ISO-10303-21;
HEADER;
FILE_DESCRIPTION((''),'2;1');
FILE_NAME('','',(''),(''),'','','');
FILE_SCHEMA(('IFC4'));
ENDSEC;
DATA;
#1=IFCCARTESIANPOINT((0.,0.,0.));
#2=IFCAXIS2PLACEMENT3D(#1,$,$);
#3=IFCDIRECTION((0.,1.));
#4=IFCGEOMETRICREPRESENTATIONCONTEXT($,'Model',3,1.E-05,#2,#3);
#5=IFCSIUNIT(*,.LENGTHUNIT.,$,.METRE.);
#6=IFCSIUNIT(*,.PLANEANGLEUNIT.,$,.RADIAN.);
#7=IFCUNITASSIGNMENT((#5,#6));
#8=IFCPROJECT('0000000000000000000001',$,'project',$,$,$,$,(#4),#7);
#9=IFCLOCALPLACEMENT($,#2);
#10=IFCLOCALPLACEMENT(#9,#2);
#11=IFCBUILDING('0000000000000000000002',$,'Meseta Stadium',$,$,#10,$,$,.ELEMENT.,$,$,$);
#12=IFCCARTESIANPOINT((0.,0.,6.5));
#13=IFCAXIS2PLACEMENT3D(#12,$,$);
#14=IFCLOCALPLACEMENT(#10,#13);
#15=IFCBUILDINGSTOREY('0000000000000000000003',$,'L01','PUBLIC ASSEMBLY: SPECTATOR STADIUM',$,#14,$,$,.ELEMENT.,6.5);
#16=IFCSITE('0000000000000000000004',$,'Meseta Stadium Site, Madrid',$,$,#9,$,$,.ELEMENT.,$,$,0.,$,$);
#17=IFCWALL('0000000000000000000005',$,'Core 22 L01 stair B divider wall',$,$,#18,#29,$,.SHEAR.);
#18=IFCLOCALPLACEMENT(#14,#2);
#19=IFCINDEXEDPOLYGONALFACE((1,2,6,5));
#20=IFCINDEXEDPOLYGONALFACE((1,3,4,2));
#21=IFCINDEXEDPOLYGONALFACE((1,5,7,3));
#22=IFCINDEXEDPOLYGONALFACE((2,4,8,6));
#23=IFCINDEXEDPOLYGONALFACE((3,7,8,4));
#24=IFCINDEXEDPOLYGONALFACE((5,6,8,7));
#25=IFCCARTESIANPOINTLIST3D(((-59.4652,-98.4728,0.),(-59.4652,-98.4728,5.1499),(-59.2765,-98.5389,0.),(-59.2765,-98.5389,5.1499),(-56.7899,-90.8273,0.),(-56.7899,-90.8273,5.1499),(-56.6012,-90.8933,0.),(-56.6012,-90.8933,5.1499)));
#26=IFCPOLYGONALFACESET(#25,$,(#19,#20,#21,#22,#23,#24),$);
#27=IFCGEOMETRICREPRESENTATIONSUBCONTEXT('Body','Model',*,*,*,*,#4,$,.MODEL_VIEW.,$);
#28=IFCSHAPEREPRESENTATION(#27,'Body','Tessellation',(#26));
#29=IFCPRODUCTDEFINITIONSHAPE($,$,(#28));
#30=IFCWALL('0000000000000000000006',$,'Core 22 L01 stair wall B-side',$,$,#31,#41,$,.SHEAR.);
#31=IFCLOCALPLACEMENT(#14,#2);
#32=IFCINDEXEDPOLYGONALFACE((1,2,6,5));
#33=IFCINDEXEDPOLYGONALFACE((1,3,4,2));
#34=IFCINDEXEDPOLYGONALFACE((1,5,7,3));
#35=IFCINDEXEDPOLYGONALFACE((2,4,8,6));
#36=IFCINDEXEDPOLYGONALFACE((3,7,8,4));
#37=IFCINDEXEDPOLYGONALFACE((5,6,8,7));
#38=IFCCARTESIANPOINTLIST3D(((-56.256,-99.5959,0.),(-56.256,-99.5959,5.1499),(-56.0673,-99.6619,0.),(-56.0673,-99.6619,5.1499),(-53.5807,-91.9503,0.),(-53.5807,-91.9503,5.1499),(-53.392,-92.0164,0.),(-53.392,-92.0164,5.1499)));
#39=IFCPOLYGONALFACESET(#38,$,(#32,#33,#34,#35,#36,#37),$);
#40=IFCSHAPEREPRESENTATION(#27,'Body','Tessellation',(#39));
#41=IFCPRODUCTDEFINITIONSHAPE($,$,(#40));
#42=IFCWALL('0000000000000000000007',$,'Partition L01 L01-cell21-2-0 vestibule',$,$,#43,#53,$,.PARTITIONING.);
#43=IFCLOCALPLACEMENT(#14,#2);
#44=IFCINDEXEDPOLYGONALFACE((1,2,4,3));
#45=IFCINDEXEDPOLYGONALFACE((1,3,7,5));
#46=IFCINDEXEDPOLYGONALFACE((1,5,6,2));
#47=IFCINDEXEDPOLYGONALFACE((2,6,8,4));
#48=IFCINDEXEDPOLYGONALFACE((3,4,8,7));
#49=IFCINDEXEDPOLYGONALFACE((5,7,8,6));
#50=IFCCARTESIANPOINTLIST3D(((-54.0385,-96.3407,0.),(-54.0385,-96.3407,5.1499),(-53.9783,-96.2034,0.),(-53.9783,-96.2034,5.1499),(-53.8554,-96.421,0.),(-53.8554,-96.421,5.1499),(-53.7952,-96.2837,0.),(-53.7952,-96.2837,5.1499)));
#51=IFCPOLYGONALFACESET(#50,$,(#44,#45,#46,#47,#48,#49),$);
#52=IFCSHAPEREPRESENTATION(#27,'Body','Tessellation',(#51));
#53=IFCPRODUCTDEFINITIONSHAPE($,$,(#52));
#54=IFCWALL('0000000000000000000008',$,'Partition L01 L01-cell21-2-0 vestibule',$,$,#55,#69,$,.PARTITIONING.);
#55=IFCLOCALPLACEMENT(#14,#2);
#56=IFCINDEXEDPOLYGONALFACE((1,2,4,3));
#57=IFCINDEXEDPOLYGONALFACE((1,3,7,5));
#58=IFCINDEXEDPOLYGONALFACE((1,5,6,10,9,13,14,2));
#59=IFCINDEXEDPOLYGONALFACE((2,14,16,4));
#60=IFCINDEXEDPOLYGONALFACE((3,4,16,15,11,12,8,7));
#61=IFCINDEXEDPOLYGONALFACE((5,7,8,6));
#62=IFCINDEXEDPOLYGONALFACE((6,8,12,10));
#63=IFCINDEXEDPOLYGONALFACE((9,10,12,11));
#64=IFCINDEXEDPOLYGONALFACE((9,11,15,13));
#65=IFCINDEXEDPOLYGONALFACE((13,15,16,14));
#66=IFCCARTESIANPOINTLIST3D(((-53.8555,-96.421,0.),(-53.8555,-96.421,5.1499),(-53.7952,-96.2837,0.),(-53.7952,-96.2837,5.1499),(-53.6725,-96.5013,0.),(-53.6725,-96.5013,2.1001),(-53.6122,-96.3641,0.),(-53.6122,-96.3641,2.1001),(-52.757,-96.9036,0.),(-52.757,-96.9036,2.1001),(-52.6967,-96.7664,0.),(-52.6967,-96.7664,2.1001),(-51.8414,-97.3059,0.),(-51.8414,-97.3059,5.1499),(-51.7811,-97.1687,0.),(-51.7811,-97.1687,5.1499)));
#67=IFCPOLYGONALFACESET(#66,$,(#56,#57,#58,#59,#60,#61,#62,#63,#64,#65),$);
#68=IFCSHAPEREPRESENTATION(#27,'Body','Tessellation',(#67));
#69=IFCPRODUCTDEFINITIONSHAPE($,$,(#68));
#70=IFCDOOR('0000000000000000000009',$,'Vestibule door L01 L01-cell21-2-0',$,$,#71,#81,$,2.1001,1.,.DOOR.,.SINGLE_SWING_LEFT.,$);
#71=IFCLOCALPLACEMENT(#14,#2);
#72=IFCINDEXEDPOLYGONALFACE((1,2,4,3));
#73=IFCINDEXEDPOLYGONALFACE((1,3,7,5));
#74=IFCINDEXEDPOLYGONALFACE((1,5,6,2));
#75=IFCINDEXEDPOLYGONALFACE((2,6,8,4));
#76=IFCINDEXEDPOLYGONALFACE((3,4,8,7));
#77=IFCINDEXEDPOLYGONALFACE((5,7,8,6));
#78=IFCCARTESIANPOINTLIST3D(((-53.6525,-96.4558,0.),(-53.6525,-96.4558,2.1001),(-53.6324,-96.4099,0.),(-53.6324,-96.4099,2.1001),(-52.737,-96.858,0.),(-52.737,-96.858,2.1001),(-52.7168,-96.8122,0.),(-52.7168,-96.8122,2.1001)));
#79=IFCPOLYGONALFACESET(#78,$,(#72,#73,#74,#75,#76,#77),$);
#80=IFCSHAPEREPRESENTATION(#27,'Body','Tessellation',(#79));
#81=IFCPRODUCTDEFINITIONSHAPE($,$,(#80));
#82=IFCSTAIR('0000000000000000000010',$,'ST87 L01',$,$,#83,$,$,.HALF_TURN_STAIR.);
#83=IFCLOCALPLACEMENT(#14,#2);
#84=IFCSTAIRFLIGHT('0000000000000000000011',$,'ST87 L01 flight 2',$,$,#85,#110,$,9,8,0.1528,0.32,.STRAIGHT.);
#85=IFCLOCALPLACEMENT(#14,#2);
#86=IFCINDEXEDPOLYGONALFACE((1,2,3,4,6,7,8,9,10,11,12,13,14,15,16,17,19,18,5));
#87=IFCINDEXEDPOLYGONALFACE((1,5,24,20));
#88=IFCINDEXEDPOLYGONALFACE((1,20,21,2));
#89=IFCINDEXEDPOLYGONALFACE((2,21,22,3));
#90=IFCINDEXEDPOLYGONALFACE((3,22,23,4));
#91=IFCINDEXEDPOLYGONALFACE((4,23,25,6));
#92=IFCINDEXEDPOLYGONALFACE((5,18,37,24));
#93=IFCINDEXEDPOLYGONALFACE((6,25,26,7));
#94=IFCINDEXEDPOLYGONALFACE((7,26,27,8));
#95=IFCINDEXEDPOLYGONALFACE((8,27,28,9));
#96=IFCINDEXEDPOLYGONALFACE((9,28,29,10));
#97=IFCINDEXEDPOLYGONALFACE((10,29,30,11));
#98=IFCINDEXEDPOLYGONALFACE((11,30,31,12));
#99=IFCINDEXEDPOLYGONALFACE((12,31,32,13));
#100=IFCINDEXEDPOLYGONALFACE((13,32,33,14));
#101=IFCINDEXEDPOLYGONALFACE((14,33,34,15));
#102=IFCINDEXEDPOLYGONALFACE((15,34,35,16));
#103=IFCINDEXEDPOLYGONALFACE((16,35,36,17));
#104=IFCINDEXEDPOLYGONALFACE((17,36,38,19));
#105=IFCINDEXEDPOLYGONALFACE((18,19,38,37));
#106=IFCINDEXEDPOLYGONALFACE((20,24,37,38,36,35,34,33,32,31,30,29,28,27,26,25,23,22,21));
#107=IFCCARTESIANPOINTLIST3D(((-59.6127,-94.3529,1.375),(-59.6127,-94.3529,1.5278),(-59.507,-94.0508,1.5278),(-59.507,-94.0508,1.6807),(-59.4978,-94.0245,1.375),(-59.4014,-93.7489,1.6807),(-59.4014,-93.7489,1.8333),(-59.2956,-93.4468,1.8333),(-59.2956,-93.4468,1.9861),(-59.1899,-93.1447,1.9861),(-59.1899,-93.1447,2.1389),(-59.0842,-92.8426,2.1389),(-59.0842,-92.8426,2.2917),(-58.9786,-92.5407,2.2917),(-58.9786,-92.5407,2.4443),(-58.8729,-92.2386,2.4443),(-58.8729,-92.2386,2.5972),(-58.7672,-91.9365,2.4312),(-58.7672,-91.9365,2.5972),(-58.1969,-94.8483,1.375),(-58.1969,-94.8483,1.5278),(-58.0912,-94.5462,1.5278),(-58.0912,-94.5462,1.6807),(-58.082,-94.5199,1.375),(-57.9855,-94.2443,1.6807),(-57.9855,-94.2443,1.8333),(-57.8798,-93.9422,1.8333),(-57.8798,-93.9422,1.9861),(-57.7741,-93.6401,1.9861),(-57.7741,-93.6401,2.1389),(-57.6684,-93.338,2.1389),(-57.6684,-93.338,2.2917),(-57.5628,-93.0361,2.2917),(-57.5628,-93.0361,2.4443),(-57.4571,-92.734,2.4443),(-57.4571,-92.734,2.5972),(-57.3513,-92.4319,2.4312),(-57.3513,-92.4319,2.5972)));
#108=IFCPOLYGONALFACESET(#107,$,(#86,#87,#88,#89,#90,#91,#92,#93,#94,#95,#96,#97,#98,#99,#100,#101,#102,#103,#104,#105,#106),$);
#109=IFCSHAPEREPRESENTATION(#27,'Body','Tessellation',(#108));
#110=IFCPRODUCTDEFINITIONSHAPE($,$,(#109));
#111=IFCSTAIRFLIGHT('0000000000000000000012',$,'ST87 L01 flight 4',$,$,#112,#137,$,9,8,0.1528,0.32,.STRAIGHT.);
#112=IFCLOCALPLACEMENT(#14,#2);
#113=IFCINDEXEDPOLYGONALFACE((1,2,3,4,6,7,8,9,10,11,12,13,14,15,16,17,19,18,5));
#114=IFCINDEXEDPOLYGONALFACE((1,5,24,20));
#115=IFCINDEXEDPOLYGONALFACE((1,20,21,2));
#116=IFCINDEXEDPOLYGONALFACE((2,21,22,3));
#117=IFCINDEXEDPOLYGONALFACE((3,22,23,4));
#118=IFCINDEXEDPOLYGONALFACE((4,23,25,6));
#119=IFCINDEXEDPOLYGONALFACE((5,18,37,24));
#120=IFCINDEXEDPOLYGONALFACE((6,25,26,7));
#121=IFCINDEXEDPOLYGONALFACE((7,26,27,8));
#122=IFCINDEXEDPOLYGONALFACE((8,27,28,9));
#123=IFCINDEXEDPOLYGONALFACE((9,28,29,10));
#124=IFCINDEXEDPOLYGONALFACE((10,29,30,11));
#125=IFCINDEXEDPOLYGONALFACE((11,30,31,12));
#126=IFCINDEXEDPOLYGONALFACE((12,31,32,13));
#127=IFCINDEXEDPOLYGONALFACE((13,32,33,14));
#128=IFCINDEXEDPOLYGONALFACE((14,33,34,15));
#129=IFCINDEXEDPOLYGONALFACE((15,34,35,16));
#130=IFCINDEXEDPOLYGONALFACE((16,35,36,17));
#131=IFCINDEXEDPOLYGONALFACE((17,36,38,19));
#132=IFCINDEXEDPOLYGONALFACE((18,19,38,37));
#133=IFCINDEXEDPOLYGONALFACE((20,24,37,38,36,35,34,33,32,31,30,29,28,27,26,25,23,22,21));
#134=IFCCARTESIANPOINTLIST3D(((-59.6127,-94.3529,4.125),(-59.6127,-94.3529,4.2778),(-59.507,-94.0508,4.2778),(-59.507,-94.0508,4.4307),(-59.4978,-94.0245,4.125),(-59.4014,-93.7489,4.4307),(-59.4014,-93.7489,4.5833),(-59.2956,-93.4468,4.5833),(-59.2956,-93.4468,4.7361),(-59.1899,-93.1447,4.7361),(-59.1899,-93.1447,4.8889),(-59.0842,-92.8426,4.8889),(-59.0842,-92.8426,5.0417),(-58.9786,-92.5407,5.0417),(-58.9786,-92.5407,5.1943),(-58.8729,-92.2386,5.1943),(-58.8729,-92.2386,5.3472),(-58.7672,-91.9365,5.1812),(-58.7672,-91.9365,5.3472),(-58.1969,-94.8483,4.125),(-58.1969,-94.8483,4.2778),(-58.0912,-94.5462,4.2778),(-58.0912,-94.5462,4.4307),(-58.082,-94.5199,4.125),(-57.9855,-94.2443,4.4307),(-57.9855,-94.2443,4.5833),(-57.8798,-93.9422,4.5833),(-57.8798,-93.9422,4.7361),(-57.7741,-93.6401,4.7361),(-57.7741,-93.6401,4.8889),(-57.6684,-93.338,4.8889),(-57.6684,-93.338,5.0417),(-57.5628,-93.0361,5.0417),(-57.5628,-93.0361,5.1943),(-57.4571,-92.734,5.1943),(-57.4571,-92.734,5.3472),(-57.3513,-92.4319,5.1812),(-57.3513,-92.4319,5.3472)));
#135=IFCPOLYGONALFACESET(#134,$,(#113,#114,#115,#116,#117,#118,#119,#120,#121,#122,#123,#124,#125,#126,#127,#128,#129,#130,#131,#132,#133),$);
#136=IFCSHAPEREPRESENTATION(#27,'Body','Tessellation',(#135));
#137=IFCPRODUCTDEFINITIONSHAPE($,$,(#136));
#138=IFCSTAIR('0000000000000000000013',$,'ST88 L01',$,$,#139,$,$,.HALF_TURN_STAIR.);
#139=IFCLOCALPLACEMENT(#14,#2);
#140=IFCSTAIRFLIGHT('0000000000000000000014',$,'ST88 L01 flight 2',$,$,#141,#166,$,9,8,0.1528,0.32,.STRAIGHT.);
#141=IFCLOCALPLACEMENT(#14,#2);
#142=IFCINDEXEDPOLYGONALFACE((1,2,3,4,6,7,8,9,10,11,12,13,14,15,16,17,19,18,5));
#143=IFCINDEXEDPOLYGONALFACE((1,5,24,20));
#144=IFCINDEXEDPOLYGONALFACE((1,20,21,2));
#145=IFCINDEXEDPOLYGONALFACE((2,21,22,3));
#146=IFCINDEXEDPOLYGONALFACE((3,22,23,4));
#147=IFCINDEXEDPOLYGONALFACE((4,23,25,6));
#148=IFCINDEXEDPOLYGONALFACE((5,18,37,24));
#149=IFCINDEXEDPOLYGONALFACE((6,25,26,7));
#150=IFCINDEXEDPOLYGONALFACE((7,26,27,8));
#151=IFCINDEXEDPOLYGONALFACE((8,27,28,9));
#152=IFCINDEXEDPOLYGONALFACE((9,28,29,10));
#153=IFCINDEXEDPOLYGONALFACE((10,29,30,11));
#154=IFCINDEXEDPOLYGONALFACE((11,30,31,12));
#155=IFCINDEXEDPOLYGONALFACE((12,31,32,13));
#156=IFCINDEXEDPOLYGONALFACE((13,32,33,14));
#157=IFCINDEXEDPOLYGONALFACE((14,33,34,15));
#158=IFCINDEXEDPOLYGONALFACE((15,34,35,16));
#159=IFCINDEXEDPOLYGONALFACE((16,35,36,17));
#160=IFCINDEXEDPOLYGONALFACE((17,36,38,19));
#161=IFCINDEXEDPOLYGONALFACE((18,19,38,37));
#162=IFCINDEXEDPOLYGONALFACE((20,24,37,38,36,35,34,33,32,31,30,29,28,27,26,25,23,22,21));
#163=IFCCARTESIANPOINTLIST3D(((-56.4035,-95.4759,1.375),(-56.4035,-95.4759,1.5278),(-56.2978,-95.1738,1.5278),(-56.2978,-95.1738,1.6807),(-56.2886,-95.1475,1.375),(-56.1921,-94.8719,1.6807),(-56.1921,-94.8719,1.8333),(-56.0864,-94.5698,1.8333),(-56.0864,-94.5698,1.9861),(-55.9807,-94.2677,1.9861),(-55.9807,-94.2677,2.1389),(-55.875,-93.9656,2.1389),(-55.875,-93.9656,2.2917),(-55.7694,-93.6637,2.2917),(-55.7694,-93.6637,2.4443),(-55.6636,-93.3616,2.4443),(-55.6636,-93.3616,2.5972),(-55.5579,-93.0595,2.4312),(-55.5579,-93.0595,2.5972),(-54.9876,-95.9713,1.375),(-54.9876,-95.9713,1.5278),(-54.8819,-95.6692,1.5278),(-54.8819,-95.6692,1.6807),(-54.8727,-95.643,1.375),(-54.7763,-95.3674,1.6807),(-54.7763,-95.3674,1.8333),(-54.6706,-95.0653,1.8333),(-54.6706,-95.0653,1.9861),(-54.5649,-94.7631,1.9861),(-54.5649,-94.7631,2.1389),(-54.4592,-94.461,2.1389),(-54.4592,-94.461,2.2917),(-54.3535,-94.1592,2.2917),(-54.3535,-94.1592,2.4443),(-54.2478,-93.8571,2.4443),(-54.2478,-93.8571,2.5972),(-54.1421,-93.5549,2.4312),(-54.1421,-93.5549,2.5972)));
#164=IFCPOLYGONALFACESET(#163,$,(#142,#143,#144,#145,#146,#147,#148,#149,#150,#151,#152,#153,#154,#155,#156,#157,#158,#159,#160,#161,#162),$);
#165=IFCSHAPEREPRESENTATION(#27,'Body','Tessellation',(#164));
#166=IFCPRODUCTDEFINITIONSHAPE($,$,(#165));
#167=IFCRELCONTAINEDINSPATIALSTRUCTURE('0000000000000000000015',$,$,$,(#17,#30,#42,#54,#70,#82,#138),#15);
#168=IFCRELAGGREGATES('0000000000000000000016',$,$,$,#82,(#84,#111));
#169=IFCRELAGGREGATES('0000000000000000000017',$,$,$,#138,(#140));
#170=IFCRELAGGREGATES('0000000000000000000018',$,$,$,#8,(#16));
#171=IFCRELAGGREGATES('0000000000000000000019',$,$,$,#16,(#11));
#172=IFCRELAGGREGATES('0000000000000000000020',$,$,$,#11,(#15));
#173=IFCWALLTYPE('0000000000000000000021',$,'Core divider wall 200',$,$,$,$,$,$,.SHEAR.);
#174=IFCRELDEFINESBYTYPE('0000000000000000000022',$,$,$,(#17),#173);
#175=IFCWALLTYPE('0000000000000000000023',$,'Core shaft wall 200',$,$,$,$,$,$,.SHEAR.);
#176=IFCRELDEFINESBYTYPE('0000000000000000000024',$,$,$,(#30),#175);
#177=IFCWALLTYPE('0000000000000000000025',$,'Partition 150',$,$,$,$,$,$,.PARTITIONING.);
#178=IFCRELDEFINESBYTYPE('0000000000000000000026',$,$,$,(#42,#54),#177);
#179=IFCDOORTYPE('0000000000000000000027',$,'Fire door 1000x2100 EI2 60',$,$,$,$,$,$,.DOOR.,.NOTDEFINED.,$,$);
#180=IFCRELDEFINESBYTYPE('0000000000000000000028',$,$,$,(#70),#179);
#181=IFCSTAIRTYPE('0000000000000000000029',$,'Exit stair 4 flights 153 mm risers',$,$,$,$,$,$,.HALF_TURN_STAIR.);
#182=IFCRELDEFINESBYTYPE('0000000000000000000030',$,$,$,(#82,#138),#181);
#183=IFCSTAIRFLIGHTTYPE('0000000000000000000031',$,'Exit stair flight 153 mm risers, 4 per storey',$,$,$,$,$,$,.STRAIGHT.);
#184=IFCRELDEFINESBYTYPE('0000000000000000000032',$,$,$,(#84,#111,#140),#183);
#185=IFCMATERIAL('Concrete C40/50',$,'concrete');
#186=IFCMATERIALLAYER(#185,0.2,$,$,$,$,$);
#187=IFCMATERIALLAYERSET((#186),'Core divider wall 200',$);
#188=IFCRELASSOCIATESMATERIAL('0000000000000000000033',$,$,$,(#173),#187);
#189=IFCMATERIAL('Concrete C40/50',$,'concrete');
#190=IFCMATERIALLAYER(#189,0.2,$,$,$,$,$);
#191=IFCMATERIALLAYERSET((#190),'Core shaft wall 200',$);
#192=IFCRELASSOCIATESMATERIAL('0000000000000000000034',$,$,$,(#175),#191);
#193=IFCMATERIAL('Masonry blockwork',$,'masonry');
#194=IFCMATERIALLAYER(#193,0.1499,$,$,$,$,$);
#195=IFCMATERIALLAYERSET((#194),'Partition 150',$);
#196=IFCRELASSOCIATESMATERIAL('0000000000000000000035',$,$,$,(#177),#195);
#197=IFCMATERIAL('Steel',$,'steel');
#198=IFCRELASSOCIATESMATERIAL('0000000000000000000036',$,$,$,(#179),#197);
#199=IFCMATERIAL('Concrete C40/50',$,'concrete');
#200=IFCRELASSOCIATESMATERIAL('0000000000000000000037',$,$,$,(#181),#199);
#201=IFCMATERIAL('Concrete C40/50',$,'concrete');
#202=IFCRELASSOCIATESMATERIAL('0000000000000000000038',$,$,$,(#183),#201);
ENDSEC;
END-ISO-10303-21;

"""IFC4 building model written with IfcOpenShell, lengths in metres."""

from ifc_helpers import new_model, si_unit, direction, frame, frame_2d, origin, place, context, subcontext, project, spatial, polyline, rectangle, outline, extrude, material, layer, layer_set, type_object, element, fill, aggregate, save


model = new_model("IFC4")

# Units and contexts
model_context = context("Model", 3, precision=1e-05, world=origin(), true_north=direction((0.0, 1.0)))
body_context = subcontext(model_context, "Body", "Model", "MODEL_VIEW")
ifc_project = project(units=[si_unit("LENGTHUNIT", "METRE"), si_unit("PLANEANGLEUNIT", "RADIAN")], contexts=[model_context])

# Site, building, storey
site_placement = place(None, origin())
site = spatial("IfcSite", under=ifc_project, at=site_placement, Name="Meseta Stadium Site, Madrid", CompositionType="ELEMENT", RefElevation=0.0)
building_placement = place(site_placement, origin())
building = spatial("IfcBuilding", under=site, at=building_placement, Name="Meseta Stadium", CompositionType="ELEMENT")
storey_placement = place(building_placement, frame((0.0, 0.0, 6.5)))
storey = spatial("IfcBuildingStorey", under=building, at=storey_placement, Name="L01", Description="PUBLIC ASSEMBLY: SPECTATOR STADIUM", CompositionType="ELEMENT", Elevation=6.5)

# Walls
ifc_material_1 = material(Name="Concrete C40/50", Category="concrete")
ifc_layer_1 = layer(ifc_material_1, 0.2)
ifc_layer_set_1 = layer_set([ifc_layer_1], Name="Core divider wall 200")
wall_type_1 = type_object("IfcWallType", Name="Core divider wall 200", PredefinedType="SHEAR", material=ifc_layer_set_1)
wall_1_placement = place(storey_placement, frame((-59.3708, -98.5059, 0.0), z_axis=(0.0, 0.0, 1.0), x_axis=(0.330281, 0.943883, 0.0)))
element("IfcWall", 1, at=wall_1_placement, inside=storey, type_object=wall_type_1, Name="Core 22 L01 stair B divider wall", PredefinedType="SHEAR", context=body_context, shape_type="SweptSolid", body=[
    extrude(rectangle(XDim=8.1001, YDim=0.2, at=frame_2d((4.05, 0.0))), origin(), (0.0, 0.0, 1.0), 5.1499),
])
ifc_material_2 = material(Name="Concrete C40/50", Category="concrete")
ifc_layer_2 = layer(ifc_material_2, 0.2)
ifc_layer_set_2 = layer_set([ifc_layer_2], Name="Core shaft wall 200")
wall_type_2 = type_object("IfcWallType", Name="Core shaft wall 200", PredefinedType="SHEAR", material=ifc_layer_set_2)
wall_2_placement = place(storey_placement, frame((-56.1616, -99.6289, 0.0), z_axis=(0.0, 0.0, 1.0), x_axis=(0.330281, 0.943883, 0.0)))
element("IfcWall", 2, at=wall_2_placement, inside=storey, type_object=wall_type_2, Name="Core 22 L01 stair wall B-side", PredefinedType="SHEAR", context=body_context, shape_type="SweptSolid", body=[
    extrude(rectangle(XDim=8.1001, YDim=0.2, at=frame_2d((4.05, 0.0))), origin(), (0.0, 0.0, 1.0), 5.1499),
])

# Shared definitions
ifc_material_3 = material(Name="Masonry blockwork", Category="masonry")
ifc_layer_3 = layer(ifc_material_3, 0.1499)
ifc_layer_set_3 = layer_set([ifc_layer_3], Name="Partition 150")
wall_type_3 = type_object("IfcWallType", Name="Partition 150", PredefinedType="PARTITIONING", material=ifc_layer_set_3)

# Wall
wall_3_placement = place(storey_placement, frame((-54.0085, -96.272, 0.0), z_axis=(0.0, 0.0, 1.0), x_axis=(0.915765, -0.401715, 0.0)))
element("IfcWall", 3, at=wall_3_placement, inside=storey, type_object=wall_type_3, Name="Partition L01 L01-cell21-2-0 vestibule", PredefinedType="PARTITIONING", context=body_context, shape_type="SweptSolid", body=[
    extrude(rectangle(XDim=0.2, YDim=0.1499, at=frame_2d((0.1001, 0.0))), origin(), (0.0, 0.0, 1.0), 5.1499),
])

# Wall, opening, door
wall_4_placement = place(storey_placement, frame((-53.8254, -96.3523, 0.0), z_axis=(0.0, 0.0, 1.0), x_axis=(0.915519, -0.402274, 0.0)))
wall_4 = element("IfcWall", 4, at=wall_4_placement, inside=storey, type_object=wall_type_3, Name="Partition L01 L01-cell21-2-0 vestibule", PredefinedType="PARTITIONING", context=body_context, shape_type="SweptSolid", body=[
    extrude(rectangle(XDim=2.2, YDim=0.1499, at=frame_2d((1.1001, 0.0))), origin(), (0.0, 0.0, 1.0), 5.1499),
])
opening_1_placement = place(wall_4_placement, frame((0.2, 0.0, 0.0)))
opening_1 = element("IfcOpeningElement", 5, at=opening_1_placement, cuts=wall_4, PredefinedType="OPENING", context=body_context, shape_type="SweptSolid", body=[
    extrude(rectangle(XDim=1.0, YDim=2.1001, at=frame_2d((0.5, 1.05))), frame((0.0, 0.085, 0.0), z_axis=(0.0, -1.0, 0.0), x_axis=(1.0, 0.0, 0.0)), (0.0, 0.0, 1.0), 0.1699),
])
ifc_material_4 = material(Name="Steel", Category="steel")
door_type_1 = type_object("IfcDoorType", Name="Fire door 1000x2100 EI2 60", OperationType="NOTDEFINED", PredefinedType="DOOR", material=ifc_material_4)
door_1_placement = place(opening_1_placement, origin())
door_1 = element("IfcDoor", 6, at=door_1_placement, inside=storey, type_object=door_type_1, Name="Vestibule door L01 L01-cell21-2-0", OperationType="SINGLE_SWING_LEFT", OverallHeight=2.1001, OverallWidth=1.0, PredefinedType="DOOR", context=body_context, shape_type="SweptSolid", body=[
    extrude(rectangle(XDim=1.0, YDim=2.1001, at=frame_2d((0.5, 1.05))), frame((0.0, 0.0249, 0.0), z_axis=(0.0, -1.0, 0.0), x_axis=(1.0, 0.0, 0.0)), (0.0, 0.0, 1.0), 0.05),
])
fill(opening_1, door_1)

# Stairs, stair flights
ifc_material_5 = material(Name="Concrete C40/50", Category="concrete")
stair_type = type_object("IfcStairType", Name="Exit stair 4 flights 153 mm risers", PredefinedType="HALF_TURN_STAIR", material=ifc_material_5)
stair_1_placement = place(storey_placement, origin())
stair_1 = element("IfcStair", 7, at=stair_1_placement, inside=storey, type_object=stair_type, Name="ST87 L01", PredefinedType="HALF_TURN_STAIR")
ifc_material_6 = material(Name="Concrete C40/50", Category="concrete")
stair_flight_type = type_object("IfcStairFlightType", Name="Exit stair flight 153 mm risers, 4 per storey", PredefinedType="STRAIGHT", material=ifc_material_6)
stair_flight_1_placement = place(storey_placement, frame((-58.9048, -94.6006, 1.375), z_axis=(0.0, 0.0, 1.0), x_axis=(0.330279, 0.943883, 0.0)))
stair_flight_1 = element("IfcStairFlight", 8, at=stair_flight_1_placement, type_object=stair_flight_type, Name="ST87 L01 flight 2", NumberOfRisers=9, NumberOfTreads=8, PredefinedType="STRAIGHT", RiserHeight=0.1528, TreadLength=0.32, context=body_context, shape_type="SweptSolid", body=[
    extrude(outline(polyline([(0.0, 0.0), (0.0, 0.1528), (0.3201, 0.1528), (0.3201, 0.3057), (0.6399, 0.3057), (0.6399, 0.4583), (0.96, 0.4583), (0.96, 0.6111), (1.28, 0.6111), (1.28, 0.7639), (1.6001, 0.7639), (1.6001, 0.9167), (1.9199, 0.9167), (1.9199, 1.0693), (2.24, 1.0693), (2.24, 1.2222), (2.5601, 1.2222), (2.5601, 1.0562), (0.3479, 0.0), (0.0, 0.0)])), frame((0.0, 0.75, 0.0), z_axis=(0.0, -1.0, 0.0), x_axis=(1.0, 0.0, 0.0)), (0.0, 0.0, 1.0), 1.5),
])
stair_flight_2_placement = place(storey_placement, frame((-58.9048, -94.6006, 4.125), z_axis=(0.0, 0.0, 1.0), x_axis=(0.330279, 0.943883, 0.0)))
stair_flight_2 = element("IfcStairFlight", 9, at=stair_flight_2_placement, type_object=stair_flight_type, Name="ST87 L01 flight 4", NumberOfRisers=9, NumberOfTreads=8, PredefinedType="STRAIGHT", RiserHeight=0.1528, TreadLength=0.32, context=body_context, shape_type="SweptSolid", body=[
    extrude(outline(polyline([(0.0, 0.0), (0.0, 0.1528), (0.3201, 0.1528), (0.3201, 0.3057), (0.6399, 0.3057), (0.6399, 0.4583), (0.96, 0.4583), (0.96, 0.6111), (1.28, 0.6111), (1.28, 0.7639), (1.6001, 0.7639), (1.6001, 0.9167), (1.9199, 0.9167), (1.9199, 1.0693), (2.24, 1.0693), (2.24, 1.2222), (2.5601, 1.2222), (2.5601, 1.0562), (0.3479, 0.0), (0.0, 0.0)])), frame((0.0, 0.75, 0.0), z_axis=(0.0, -1.0, 0.0), x_axis=(1.0, 0.0, 0.0)), (0.0, 0.0, 1.0), 1.5),
])
aggregate(stair_1, [stair_flight_1, stair_flight_2])
stair_2_placement = place(storey_placement, origin())
stair_2 = element("IfcStair", 10, at=stair_2_placement, inside=storey, type_object=stair_type, Name="ST88 L01", PredefinedType="HALF_TURN_STAIR")
stair_flight_3_placement = place(storey_placement, frame((-55.6956, -95.7236, 1.375), z_axis=(0.0, 0.0, 1.0), x_axis=(0.330279, 0.943883, 0.0)))
stair_flight_3 = element("IfcStairFlight", 11, at=stair_flight_3_placement, type_object=stair_flight_type, Name="ST88 L01 flight 2", NumberOfRisers=9, NumberOfTreads=8, PredefinedType="STRAIGHT", RiserHeight=0.1528, TreadLength=0.32, context=body_context, shape_type="SweptSolid", body=[
    extrude(outline(polyline([(0.0, 0.0), (0.0, 0.1528), (0.3201, 0.1528), (0.3201, 0.3057), (0.6399, 0.3057), (0.6399, 0.4583), (0.96, 0.4583), (0.96, 0.6111), (1.28, 0.6111), (1.28, 0.7639), (1.6001, 0.7639), (1.6001, 0.9167), (1.9199, 0.9167), (1.9199, 1.0693), (2.24, 1.0693), (2.24, 1.2222), (2.5601, 1.2222), (2.5601, 1.0562), (0.3479, 0.0), (0.0, 0.0)])), frame((0.0, 0.75, 0.0), z_axis=(0.0, -1.0, 0.0), x_axis=(1.0, 0.0, 0.0)), (0.0, 0.0, 1.0), 1.5),
])
aggregate(stair_2, [stair_flight_3])

save(model, "model.ifc")
